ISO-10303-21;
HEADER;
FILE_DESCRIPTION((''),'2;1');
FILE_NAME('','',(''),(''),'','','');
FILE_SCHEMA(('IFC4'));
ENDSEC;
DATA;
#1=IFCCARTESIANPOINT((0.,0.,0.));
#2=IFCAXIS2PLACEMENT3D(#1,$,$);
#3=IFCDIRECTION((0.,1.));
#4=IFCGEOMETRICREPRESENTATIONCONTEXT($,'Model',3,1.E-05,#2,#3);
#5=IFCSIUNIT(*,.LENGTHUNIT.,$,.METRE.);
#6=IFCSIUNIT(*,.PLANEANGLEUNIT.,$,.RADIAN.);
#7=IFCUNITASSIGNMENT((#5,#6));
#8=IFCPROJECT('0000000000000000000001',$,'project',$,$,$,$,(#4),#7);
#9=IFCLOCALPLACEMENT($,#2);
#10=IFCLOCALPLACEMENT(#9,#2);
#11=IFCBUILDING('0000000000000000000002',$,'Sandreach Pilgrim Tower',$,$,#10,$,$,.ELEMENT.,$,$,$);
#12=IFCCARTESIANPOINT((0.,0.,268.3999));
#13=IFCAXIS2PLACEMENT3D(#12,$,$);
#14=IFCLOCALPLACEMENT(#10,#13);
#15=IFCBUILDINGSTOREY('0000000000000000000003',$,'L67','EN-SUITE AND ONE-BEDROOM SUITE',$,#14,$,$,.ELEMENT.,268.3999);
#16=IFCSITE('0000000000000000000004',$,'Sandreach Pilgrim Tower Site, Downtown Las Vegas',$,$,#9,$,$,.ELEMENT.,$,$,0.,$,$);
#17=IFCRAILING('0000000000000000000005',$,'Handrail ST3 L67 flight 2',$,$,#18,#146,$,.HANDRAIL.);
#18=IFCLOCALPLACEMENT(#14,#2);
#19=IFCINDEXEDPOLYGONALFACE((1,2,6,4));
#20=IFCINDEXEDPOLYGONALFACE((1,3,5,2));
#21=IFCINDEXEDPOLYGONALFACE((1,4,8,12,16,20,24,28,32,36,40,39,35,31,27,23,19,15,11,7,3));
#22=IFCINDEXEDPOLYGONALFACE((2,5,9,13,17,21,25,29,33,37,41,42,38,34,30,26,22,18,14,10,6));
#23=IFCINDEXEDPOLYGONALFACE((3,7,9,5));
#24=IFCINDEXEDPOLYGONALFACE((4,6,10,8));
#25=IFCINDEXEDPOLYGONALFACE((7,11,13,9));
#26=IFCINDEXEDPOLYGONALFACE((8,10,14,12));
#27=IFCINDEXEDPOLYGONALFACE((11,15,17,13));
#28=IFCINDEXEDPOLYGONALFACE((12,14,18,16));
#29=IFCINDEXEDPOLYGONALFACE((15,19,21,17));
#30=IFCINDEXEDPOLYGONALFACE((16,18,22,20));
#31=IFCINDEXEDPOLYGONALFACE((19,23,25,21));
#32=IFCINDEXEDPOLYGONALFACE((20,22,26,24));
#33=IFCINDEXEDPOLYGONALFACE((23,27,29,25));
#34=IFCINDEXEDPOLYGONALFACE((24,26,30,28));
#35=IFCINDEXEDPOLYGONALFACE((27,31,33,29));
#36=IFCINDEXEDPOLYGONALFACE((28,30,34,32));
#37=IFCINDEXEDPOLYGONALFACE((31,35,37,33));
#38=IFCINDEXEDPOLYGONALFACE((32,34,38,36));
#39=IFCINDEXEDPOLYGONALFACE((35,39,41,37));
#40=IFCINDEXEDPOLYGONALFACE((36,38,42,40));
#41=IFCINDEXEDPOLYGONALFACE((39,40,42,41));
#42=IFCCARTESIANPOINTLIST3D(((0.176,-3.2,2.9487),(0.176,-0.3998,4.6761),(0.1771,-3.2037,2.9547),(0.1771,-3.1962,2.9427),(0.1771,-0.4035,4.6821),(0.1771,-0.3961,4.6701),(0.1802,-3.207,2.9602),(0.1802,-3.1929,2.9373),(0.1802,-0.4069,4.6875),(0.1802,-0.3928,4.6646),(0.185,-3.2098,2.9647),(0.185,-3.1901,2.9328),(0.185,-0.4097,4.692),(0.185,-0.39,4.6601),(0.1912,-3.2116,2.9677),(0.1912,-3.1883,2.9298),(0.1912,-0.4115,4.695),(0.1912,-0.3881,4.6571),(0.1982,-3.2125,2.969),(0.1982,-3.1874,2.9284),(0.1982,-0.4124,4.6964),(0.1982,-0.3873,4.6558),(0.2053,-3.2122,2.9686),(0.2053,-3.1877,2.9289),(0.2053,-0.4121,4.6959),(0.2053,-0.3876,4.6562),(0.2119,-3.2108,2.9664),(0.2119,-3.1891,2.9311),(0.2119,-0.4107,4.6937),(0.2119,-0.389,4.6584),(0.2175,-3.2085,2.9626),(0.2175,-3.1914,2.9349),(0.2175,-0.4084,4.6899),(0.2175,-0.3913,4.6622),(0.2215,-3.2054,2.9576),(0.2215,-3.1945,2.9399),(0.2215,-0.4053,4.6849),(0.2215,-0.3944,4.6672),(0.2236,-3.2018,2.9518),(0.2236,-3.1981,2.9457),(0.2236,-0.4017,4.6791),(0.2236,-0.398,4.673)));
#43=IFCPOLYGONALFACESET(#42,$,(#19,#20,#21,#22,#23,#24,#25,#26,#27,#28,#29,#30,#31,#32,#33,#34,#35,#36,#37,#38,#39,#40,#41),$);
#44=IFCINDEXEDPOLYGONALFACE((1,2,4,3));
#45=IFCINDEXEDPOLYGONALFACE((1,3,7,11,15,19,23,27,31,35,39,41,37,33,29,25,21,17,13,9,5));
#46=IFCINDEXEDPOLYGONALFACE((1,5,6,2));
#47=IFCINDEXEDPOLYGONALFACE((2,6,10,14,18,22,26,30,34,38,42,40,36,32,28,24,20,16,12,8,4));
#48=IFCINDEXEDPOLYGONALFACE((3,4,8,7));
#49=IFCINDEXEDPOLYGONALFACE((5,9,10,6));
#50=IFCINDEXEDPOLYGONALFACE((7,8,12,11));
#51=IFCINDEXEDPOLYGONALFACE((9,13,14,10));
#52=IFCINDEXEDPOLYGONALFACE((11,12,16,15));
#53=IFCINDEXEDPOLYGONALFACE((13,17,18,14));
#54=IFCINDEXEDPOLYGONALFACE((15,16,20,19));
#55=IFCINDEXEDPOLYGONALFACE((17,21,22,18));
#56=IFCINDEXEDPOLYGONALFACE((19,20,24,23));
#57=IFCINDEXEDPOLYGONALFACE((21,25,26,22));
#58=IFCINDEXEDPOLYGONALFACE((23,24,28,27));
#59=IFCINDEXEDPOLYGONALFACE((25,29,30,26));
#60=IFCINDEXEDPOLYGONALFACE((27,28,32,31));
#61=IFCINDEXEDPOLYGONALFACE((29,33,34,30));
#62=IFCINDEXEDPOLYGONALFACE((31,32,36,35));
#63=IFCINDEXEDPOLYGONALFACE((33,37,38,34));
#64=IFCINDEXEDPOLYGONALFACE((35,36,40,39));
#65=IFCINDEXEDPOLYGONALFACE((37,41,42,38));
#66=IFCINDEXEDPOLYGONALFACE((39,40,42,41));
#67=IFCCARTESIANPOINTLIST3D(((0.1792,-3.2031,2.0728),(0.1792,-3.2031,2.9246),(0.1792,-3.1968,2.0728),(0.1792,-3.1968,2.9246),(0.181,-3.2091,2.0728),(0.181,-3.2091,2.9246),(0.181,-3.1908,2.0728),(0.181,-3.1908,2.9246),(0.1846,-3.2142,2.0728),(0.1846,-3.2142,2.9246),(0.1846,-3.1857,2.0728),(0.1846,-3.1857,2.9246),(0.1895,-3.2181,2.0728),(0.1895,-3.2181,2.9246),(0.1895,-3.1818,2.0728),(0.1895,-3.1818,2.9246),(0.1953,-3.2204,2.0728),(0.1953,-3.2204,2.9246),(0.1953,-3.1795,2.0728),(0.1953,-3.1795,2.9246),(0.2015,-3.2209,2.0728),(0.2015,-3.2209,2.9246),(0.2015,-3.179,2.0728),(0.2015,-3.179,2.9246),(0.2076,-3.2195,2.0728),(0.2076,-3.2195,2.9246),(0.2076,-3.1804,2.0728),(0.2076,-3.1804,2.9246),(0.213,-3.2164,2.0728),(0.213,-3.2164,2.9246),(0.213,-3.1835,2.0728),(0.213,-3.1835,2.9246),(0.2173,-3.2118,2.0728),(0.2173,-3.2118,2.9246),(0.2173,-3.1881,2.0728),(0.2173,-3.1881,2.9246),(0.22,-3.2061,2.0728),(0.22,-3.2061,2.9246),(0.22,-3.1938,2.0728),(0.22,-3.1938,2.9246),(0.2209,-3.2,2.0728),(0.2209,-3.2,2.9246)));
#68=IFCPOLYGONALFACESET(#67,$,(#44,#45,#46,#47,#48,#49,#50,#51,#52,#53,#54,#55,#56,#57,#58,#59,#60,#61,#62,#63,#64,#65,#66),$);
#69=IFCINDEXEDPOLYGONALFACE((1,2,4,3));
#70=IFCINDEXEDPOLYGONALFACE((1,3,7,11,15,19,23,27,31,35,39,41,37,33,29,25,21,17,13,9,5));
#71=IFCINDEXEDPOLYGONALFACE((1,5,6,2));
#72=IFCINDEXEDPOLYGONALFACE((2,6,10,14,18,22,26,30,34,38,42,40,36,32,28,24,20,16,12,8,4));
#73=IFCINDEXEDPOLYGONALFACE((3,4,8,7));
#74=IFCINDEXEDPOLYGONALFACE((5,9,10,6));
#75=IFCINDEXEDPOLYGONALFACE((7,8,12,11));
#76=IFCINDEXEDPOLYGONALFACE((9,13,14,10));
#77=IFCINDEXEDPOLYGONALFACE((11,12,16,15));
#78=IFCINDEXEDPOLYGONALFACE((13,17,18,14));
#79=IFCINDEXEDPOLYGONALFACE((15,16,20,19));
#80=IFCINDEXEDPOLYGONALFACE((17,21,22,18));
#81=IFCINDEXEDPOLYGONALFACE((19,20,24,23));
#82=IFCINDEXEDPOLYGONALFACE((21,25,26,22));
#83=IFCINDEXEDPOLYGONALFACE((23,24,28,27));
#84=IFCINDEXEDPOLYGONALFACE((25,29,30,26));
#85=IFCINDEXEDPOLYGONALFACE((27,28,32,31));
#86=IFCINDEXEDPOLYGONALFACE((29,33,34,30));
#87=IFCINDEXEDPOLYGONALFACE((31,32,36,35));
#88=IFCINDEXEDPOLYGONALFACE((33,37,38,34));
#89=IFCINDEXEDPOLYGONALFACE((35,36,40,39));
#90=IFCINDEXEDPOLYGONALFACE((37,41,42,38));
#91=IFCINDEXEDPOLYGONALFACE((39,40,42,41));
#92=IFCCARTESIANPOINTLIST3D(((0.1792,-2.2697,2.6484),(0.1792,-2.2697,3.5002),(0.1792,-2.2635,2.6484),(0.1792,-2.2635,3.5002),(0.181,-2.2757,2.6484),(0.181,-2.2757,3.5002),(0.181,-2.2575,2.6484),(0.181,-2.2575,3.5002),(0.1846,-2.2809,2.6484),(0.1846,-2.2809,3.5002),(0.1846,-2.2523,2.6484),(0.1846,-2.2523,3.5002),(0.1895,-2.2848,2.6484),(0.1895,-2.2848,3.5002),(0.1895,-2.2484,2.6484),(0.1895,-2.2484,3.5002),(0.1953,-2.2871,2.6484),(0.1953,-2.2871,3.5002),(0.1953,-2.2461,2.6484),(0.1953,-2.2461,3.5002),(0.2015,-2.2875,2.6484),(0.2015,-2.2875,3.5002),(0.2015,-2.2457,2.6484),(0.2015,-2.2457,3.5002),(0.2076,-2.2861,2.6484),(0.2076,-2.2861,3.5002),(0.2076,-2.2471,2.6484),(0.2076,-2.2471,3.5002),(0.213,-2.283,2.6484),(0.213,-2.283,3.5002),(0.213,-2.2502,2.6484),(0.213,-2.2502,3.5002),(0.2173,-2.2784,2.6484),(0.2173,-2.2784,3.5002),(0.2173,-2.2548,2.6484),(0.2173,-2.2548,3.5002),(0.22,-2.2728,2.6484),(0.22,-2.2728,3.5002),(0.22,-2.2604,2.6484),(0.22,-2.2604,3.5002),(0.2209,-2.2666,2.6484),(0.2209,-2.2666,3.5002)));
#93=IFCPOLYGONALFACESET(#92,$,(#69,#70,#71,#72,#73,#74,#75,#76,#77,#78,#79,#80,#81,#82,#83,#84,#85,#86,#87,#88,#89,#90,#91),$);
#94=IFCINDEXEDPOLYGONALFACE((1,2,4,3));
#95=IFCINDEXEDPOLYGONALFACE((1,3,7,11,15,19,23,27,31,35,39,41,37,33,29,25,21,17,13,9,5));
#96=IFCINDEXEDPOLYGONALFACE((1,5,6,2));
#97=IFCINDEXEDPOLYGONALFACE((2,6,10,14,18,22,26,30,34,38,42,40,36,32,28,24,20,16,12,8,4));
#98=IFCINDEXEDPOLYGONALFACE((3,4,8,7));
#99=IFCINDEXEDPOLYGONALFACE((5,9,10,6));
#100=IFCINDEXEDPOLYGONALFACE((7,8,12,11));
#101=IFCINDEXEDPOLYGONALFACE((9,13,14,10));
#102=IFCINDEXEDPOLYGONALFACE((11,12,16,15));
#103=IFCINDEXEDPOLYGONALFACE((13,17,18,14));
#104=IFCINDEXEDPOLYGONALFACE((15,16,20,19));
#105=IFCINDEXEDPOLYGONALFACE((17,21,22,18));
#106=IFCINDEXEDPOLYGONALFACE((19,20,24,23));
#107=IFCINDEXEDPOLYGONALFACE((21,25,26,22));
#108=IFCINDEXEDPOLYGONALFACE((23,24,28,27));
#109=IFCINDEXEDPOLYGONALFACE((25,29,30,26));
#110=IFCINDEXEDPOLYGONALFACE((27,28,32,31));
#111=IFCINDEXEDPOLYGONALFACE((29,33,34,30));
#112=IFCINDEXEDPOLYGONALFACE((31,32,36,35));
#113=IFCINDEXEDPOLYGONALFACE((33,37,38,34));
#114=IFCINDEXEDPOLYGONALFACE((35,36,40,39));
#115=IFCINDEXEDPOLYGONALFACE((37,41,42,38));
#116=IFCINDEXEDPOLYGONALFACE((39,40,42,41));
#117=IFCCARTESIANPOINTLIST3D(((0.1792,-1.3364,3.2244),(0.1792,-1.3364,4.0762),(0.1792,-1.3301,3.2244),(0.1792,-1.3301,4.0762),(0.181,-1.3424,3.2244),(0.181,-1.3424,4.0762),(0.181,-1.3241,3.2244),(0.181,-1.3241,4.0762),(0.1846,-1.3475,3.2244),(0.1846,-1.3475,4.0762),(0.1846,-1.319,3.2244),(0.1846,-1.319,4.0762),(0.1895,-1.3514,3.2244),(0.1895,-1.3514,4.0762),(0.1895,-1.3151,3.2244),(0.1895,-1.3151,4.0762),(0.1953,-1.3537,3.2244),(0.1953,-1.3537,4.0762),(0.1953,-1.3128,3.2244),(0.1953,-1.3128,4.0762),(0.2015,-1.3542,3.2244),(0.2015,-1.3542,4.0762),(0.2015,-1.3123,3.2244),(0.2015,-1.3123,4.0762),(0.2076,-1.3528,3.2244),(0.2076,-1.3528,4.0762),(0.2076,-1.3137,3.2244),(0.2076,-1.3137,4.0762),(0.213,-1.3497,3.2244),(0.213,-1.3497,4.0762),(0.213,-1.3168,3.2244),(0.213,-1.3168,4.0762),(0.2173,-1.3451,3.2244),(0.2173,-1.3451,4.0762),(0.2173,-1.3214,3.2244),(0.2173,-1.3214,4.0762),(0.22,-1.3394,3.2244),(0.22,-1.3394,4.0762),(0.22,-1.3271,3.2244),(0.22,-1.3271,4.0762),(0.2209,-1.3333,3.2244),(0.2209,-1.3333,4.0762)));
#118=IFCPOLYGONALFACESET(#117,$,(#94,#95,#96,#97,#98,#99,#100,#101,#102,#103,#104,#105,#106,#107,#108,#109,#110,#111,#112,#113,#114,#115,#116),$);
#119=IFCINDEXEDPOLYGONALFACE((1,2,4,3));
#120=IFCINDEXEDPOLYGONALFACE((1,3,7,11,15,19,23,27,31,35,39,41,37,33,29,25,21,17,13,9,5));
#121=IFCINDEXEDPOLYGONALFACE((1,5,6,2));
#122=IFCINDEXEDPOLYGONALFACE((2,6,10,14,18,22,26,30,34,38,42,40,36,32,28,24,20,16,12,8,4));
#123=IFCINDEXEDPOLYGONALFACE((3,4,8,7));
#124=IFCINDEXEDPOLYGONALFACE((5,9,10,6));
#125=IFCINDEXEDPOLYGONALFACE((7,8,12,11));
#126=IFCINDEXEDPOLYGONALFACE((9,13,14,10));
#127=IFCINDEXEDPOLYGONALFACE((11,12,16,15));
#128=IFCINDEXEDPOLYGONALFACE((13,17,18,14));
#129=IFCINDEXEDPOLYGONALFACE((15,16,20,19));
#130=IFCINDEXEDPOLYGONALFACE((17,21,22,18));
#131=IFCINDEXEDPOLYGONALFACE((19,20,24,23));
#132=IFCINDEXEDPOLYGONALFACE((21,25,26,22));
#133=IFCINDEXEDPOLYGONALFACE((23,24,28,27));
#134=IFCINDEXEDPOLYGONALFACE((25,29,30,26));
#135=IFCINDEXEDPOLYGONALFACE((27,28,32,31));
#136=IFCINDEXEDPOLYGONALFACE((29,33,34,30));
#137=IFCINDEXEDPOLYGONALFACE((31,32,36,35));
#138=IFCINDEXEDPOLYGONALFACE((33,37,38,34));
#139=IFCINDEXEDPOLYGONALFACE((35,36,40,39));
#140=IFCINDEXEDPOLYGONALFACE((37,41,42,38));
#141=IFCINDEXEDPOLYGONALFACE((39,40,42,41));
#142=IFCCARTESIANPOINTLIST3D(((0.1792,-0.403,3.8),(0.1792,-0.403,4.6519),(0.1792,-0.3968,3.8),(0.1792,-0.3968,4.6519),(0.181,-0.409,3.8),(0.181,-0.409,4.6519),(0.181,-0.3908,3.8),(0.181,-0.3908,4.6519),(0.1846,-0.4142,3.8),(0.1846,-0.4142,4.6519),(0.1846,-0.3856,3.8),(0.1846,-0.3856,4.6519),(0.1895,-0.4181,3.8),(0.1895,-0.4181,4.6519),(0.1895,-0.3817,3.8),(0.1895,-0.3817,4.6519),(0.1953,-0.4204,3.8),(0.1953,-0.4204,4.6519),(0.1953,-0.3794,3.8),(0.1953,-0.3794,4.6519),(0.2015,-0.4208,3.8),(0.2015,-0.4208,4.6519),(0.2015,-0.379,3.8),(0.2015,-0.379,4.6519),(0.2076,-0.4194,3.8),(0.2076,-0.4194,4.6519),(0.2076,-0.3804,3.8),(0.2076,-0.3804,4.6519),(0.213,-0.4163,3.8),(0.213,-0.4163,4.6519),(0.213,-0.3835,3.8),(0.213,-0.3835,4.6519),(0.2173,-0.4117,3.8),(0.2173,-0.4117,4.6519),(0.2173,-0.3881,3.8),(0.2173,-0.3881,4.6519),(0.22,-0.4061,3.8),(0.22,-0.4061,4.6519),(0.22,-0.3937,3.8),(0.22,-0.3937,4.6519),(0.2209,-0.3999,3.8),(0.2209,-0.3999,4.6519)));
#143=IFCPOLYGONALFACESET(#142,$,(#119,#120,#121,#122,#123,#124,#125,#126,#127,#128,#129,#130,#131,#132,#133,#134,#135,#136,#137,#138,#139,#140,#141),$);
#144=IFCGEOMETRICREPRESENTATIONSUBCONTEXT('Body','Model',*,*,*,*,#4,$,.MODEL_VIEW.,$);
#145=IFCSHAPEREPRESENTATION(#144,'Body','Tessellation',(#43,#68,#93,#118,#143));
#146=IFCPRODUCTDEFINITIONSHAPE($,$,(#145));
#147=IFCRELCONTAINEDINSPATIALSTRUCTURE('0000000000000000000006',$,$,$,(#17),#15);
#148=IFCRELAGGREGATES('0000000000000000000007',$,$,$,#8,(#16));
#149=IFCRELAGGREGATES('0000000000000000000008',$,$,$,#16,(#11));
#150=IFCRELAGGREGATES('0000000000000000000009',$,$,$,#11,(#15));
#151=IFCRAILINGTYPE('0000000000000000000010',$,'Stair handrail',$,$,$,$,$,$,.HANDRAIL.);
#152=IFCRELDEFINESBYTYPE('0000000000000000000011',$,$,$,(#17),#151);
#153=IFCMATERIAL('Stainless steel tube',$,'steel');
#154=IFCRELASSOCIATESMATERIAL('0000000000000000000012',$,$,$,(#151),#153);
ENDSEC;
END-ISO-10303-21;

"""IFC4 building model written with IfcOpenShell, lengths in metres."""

from ifc_helpers import new_model, si_unit, direction, frame, origin, origin_2d, place, context, subcontext, project, spatial, circle, extrude, material, type_object, element, save


model = new_model("IFC4")

# Units and contexts
model_context = context("Model", 3, precision=1e-05, world=origin(), true_north=direction((0.0, 1.0)))
body_context = subcontext(model_context, "Body", "Model", "MODEL_VIEW")
ifc_project = project(units=[si_unit("LENGTHUNIT", "METRE"), si_unit("PLANEANGLEUNIT", "RADIAN")], contexts=[model_context])

# Site, building, storey
site_placement = place(None, origin())
site = spatial("IfcSite", under=ifc_project, at=site_placement, Name="Sandreach Pilgrim Tower Site, Downtown Las Vegas", CompositionType="ELEMENT", RefElevation=0.0)
building_placement = place(site_placement, origin())
building = spatial("IfcBuilding", under=site, at=building_placement, Name="Sandreach Pilgrim Tower", CompositionType="ELEMENT")
storey_placement = place(building_placement, frame((0.0, 0.0, 268.3999)))
storey = spatial("IfcBuildingStorey", under=building, at=storey_placement, Name="L67", Description="EN-SUITE AND ONE-BEDROOM SUITE", CompositionType="ELEMENT", Elevation=268.3999)

# Railing
ifc_material_1 = material(Name="Stainless steel tube", Category="steel")
railing_type = type_object("IfcRailingType", Name="Stair handrail", PredefinedType="HANDRAIL", material=ifc_material_1)
for number, where, name in (
    (1, (0.2, -3.2, 2.0728), "Handrail ST3 L67 flight 2"),
):
    element("IfcRailing", number, at=place(storey_placement, frame(where)), inside=storey, type_object=railing_type, Name=name, PredefinedType="HANDRAIL", context=body_context, shape_type="SweptSolid", body=[
        extrude(circle(Radius=0.0239, at=origin_2d()), frame((0.0, 0.0, 0.876), z_axis=(0.0, 0.85109, 0.52502), x_axis=(-1.0, 0.0, 0.0)), (0.0, 0.0, 1.0), 3.29),
        extrude(circle(Radius=0.021, at=origin_2d()), origin(), (0.0, 0.0, 1.0), 0.8518),
        extrude(circle(Radius=0.021, at=origin_2d()), frame((0.0, 0.9333, 0.5757)), (0.0, 0.0, 1.0), 0.8518),
        extrude(circle(Radius=0.021, at=origin_2d()), frame((0.0, 1.8667, 1.1516)), (0.0, 0.0, 1.0), 0.8518),
        extrude(circle(Radius=0.021, at=origin_2d()), frame((0.0, 2.8, 1.7273)), (0.0, 0.0, 1.0), 0.8518),
    ])

save(model, "model.ifc")
